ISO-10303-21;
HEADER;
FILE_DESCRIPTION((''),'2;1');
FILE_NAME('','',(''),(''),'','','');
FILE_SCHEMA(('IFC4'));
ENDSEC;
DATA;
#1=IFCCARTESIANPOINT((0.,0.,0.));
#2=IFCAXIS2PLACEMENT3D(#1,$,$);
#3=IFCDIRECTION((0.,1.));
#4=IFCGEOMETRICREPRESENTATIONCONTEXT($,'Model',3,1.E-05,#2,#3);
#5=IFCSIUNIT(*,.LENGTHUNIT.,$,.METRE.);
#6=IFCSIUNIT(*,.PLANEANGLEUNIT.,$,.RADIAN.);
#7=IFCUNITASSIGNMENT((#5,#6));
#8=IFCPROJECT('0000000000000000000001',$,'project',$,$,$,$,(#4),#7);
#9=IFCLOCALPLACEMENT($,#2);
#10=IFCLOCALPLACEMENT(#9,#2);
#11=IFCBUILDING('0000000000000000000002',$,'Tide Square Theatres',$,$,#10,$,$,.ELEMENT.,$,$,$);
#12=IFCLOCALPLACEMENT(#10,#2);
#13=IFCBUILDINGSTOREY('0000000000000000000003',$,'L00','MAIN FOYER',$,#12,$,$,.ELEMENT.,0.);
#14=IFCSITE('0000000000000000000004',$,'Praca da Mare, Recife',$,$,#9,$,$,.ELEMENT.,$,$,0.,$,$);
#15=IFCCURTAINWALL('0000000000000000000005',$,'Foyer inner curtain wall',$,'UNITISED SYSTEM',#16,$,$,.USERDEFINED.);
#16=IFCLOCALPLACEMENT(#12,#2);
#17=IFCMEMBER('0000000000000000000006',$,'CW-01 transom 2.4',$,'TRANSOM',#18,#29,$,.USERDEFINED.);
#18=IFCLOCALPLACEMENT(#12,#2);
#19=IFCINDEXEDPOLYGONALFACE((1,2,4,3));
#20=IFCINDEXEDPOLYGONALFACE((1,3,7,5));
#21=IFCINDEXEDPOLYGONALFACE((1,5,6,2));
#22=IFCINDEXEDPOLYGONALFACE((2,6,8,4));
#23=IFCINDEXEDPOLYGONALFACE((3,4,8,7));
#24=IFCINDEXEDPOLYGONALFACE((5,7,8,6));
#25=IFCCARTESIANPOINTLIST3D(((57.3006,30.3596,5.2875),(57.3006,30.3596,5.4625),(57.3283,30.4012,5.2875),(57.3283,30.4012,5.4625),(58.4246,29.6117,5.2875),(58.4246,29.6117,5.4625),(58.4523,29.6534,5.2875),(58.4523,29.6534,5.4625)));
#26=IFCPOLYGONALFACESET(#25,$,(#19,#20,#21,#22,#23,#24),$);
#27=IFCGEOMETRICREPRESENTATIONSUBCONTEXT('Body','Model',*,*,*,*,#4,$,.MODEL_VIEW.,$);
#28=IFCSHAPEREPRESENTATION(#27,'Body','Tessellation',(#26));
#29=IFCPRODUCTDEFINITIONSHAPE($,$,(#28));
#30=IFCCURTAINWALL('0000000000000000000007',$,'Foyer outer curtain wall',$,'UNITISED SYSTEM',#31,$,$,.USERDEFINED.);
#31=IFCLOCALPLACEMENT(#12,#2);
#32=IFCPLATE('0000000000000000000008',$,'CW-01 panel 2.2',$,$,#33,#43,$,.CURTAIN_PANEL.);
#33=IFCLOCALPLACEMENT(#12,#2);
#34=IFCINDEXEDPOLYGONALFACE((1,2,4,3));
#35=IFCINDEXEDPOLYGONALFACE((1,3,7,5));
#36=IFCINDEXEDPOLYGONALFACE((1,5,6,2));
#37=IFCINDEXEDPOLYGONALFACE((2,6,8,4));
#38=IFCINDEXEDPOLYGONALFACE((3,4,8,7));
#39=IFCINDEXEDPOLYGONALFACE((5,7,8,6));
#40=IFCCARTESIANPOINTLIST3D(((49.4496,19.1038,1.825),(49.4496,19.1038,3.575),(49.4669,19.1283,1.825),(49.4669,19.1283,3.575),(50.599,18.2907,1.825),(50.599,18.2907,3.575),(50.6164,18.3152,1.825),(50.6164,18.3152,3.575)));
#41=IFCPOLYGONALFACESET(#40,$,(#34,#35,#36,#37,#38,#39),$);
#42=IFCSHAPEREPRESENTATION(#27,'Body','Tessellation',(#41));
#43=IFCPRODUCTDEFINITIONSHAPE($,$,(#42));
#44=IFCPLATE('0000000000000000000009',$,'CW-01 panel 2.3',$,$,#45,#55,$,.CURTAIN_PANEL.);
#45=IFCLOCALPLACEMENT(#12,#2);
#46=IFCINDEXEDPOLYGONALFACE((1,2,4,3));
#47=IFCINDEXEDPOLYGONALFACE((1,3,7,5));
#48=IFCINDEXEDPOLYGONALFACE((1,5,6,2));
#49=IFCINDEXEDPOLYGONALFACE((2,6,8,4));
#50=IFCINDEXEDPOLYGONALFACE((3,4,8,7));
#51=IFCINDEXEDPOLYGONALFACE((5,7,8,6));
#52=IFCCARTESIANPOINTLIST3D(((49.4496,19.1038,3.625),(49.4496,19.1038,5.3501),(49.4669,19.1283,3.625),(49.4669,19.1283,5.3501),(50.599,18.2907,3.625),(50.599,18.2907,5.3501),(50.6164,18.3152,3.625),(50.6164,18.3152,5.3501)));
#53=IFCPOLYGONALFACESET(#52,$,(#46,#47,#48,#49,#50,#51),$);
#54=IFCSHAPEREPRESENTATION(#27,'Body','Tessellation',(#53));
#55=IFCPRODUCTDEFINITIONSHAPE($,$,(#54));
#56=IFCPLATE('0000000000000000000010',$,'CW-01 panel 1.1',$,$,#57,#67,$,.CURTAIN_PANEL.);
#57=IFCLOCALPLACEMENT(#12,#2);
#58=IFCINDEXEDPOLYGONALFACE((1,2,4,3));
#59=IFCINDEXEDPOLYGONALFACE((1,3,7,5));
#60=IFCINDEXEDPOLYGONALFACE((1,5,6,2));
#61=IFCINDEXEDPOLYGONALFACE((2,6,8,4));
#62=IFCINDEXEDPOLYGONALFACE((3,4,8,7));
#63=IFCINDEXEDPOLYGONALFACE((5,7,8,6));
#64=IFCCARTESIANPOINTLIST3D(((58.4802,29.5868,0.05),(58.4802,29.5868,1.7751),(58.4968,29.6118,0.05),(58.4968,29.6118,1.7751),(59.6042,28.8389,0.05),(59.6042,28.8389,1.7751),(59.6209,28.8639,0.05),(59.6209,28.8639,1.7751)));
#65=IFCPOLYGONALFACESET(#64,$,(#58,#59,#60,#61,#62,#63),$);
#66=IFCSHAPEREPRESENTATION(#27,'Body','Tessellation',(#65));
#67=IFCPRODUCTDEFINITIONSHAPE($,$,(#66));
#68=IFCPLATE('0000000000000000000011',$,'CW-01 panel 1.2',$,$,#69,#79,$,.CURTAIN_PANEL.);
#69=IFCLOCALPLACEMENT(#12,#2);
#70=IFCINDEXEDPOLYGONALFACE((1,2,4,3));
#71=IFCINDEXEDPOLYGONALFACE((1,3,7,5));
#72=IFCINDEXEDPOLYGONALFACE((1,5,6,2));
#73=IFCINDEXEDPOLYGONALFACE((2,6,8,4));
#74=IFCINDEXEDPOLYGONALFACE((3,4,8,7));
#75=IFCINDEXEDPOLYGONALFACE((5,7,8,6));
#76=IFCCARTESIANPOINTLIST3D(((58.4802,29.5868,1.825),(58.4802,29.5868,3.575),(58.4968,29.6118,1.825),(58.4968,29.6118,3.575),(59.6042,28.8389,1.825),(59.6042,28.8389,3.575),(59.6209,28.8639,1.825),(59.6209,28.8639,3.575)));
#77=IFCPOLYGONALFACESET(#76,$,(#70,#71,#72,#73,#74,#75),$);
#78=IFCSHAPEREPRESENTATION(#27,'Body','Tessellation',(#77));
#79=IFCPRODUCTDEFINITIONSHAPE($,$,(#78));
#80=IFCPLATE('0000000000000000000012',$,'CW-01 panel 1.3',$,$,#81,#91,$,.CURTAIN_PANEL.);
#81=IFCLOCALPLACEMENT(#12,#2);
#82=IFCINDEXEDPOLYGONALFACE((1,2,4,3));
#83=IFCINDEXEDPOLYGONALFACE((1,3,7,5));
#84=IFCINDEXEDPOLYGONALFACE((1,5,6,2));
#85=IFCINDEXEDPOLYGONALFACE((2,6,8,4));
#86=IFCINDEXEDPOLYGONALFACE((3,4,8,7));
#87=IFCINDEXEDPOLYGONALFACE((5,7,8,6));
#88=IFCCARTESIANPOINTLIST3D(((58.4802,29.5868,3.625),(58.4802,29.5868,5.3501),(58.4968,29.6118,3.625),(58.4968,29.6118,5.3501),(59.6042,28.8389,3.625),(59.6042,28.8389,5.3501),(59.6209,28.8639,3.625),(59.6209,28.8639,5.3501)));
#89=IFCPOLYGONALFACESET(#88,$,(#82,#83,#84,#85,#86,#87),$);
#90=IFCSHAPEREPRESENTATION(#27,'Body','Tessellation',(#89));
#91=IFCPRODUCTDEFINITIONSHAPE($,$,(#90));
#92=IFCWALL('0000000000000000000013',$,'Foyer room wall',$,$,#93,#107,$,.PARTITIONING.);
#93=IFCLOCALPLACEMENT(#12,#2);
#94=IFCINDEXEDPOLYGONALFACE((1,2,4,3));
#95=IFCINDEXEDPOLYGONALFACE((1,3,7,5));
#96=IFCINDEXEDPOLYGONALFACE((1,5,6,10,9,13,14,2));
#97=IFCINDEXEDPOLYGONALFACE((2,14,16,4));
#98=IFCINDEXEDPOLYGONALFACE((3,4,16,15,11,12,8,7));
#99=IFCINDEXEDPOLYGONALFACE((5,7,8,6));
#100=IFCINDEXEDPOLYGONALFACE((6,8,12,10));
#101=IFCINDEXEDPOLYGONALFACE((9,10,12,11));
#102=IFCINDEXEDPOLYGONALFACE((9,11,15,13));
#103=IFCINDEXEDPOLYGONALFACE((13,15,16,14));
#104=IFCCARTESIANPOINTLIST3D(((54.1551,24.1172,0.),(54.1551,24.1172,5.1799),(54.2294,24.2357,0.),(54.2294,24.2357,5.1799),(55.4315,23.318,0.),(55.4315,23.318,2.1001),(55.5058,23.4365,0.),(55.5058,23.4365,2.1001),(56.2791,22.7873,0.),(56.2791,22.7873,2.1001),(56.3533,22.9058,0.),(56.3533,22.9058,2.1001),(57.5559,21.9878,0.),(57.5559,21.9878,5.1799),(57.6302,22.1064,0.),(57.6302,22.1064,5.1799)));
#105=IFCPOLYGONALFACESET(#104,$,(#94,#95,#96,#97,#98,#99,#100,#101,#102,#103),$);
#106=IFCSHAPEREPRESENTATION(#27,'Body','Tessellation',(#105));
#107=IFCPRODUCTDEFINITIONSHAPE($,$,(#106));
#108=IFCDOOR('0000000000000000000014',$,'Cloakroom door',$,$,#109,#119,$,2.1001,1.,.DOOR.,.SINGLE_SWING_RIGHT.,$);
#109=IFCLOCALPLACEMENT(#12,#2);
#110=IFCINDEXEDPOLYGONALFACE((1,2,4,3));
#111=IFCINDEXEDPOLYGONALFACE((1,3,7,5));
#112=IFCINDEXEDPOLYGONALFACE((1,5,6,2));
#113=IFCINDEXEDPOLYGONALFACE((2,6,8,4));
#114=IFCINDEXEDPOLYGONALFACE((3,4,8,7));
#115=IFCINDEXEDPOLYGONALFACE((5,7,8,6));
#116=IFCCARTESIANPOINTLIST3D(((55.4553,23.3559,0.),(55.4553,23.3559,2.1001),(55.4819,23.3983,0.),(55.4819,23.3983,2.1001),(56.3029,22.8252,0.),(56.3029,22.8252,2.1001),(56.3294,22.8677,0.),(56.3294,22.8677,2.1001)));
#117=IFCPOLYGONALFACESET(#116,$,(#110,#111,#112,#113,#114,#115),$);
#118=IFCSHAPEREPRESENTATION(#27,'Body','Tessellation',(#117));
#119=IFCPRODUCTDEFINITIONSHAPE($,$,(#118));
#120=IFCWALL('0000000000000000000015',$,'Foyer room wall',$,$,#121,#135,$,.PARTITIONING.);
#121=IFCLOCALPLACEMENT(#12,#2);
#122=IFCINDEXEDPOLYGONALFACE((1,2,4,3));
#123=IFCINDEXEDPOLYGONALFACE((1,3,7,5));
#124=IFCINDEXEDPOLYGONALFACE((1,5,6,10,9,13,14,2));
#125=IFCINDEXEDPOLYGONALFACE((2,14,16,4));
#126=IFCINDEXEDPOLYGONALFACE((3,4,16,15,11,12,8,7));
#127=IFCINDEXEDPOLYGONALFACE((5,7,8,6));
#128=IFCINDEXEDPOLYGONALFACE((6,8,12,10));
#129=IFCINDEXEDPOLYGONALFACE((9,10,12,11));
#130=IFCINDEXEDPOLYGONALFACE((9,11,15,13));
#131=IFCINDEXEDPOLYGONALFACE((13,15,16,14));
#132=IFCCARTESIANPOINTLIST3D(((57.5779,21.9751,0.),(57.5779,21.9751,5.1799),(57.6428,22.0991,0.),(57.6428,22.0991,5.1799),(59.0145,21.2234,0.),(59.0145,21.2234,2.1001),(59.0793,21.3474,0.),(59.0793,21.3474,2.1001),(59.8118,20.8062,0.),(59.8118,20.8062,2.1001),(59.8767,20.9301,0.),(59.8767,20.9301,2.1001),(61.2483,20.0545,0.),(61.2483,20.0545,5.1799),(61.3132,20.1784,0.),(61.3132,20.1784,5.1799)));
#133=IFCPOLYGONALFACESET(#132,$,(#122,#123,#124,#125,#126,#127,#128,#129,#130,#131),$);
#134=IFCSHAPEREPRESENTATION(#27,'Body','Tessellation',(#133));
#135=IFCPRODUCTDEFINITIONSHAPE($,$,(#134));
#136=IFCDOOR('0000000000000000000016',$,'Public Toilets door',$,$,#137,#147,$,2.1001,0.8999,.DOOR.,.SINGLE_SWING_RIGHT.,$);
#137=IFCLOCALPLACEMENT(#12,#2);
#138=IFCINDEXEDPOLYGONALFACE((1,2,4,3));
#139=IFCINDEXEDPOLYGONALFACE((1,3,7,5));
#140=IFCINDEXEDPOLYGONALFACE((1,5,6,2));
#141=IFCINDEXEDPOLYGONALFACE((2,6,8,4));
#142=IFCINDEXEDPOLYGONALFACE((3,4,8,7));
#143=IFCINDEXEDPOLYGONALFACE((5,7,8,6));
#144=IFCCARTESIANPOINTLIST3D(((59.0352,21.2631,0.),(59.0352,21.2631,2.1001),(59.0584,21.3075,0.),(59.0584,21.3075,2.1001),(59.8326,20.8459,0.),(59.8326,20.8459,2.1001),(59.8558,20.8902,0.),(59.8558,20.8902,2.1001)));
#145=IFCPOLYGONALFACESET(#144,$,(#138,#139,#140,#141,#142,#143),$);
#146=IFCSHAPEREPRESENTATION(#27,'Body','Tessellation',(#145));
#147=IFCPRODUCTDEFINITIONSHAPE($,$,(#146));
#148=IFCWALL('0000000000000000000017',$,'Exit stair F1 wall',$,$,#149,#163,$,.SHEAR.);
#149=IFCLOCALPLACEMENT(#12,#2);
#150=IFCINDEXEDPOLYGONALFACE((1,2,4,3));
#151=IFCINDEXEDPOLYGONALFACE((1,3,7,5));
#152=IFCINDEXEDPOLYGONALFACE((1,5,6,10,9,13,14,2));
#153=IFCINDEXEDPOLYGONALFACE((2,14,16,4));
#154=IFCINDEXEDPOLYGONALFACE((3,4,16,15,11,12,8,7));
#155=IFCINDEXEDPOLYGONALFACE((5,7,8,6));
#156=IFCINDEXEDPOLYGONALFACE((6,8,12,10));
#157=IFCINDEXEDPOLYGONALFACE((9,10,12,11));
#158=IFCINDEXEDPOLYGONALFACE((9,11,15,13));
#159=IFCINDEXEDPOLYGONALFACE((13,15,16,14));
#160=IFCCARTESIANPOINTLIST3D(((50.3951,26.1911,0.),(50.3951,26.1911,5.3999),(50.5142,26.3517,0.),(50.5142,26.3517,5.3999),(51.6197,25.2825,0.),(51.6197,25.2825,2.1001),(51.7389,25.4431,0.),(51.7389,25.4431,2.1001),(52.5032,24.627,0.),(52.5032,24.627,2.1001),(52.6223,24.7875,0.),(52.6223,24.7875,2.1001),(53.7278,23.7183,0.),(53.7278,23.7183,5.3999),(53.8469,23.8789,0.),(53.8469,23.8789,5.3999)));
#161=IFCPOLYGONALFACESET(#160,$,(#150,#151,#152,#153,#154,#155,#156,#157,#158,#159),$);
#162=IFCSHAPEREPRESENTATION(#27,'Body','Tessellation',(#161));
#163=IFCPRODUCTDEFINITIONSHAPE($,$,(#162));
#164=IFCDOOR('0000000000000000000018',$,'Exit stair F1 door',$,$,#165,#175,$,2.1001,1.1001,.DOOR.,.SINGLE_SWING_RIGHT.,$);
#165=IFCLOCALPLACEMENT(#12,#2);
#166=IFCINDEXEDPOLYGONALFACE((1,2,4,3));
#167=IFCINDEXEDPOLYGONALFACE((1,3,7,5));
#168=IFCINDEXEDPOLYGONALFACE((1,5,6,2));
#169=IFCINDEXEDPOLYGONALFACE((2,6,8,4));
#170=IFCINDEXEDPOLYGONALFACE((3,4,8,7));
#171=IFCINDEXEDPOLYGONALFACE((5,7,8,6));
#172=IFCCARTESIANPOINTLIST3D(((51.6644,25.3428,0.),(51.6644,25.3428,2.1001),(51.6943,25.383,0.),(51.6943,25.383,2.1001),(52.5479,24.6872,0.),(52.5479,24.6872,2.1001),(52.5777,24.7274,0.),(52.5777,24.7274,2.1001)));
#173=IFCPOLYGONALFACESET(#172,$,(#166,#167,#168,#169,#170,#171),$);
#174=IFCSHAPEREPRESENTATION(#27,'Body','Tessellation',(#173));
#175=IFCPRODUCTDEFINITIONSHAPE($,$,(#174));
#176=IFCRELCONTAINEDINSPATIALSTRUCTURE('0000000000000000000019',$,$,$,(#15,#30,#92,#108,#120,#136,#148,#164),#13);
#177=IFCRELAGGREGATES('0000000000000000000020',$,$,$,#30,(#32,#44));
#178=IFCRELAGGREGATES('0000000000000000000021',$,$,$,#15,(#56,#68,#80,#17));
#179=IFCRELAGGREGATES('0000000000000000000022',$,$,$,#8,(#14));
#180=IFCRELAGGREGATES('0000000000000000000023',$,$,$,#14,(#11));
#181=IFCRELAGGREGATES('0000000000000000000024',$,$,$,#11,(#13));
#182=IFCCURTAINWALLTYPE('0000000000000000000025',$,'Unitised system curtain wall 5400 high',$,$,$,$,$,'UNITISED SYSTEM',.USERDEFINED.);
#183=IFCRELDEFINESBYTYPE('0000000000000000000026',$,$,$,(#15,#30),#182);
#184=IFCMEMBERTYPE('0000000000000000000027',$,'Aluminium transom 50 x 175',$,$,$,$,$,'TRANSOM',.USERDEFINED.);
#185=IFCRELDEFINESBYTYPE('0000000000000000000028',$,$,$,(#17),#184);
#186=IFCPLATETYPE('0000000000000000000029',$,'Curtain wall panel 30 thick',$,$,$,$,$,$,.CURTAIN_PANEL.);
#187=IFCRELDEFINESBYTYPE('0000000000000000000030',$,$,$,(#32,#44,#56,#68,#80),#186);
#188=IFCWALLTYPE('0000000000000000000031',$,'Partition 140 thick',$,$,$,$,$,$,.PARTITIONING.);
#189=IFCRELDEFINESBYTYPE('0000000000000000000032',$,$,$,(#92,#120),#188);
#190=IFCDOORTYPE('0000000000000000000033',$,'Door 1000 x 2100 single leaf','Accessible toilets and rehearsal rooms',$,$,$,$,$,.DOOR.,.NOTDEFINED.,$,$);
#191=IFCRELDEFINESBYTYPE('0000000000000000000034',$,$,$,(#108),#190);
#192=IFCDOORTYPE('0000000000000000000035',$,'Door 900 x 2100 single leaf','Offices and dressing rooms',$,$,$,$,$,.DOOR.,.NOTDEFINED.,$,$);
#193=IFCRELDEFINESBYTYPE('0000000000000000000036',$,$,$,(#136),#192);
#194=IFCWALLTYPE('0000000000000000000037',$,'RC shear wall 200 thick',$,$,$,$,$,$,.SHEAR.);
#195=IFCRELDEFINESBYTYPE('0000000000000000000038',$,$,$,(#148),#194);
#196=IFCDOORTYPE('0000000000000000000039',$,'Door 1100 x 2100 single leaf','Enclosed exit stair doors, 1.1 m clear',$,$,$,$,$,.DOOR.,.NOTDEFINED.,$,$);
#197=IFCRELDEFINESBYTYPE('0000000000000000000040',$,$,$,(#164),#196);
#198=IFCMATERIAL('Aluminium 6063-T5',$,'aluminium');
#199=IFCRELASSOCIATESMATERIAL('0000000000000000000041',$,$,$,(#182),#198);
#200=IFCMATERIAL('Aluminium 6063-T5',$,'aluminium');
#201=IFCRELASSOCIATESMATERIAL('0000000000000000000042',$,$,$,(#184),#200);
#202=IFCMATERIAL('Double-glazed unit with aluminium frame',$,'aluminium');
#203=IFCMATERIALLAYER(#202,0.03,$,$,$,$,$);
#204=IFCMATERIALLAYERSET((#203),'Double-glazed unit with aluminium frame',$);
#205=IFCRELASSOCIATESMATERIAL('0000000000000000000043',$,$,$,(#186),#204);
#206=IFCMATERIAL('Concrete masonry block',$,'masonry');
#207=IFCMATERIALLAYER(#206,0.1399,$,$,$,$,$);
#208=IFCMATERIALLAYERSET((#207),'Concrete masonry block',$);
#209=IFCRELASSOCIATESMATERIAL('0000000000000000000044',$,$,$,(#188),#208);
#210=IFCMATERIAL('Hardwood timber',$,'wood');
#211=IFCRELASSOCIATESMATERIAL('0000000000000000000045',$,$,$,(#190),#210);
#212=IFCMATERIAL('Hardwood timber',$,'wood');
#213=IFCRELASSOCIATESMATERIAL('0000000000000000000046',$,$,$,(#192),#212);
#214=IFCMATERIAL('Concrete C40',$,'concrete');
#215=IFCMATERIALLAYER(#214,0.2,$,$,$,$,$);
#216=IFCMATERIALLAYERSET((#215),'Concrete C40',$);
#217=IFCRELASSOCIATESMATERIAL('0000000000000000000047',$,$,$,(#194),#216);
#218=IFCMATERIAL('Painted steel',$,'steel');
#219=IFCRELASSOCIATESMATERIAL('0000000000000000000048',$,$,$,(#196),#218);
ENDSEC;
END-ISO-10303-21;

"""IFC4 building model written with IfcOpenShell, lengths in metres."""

from ifc_helpers import new_model, si_unit, direction, frame, frame_2d, origin, origin_2d, place, context, subcontext, project, spatial, rectangle, extrude, material, layer, layer_set, material_profile, profile_set, type_object, element, fill, aggregate, save


model = new_model("IFC4")

# Units and contexts
model_context = context("Model", 3, precision=1e-05, world=origin(), true_north=direction((0.0, 1.0)))
body_context = subcontext(model_context, "Body", "Model", "MODEL_VIEW")
ifc_project = project(units=[si_unit("LENGTHUNIT", "METRE"), si_unit("PLANEANGLEUNIT", "RADIAN")], contexts=[model_context])

# Site, building, storey
site_placement = place(None, origin())
site = spatial("IfcSite", under=ifc_project, at=site_placement, Name="Praca da Mare, Recife", CompositionType="ELEMENT", RefElevation=0.0)
building_placement = place(site_placement, origin())
building = spatial("IfcBuilding", under=site, at=building_placement, Name="Tide Square Theatres", CompositionType="ELEMENT")
storey_placement = place(building_placement, origin())
storey = spatial("IfcBuildingStorey", under=building, at=storey_placement, Name="L00", Description="MAIN FOYER", CompositionType="ELEMENT", Elevation=0.0)

# Curtain wall, member
ifc_material_1 = material(Name="Aluminium 6063-T5", Category="aluminium")
curtain_wall_type = type_object("IfcCurtainWallType", Name="Unitised system curtain wall 5400 high", ElementType="UNITISED SYSTEM", PredefinedType="USERDEFINED", material=ifc_material_1)
curtain_wall_1_placement = place(storey_placement, origin())
curtain_wall_1 = element("IfcCurtainWall", 1, at=curtain_wall_1_placement, inside=storey, type_object=curtain_wall_type, Name="Foyer inner curtain wall", ObjectType="UNITISED SYSTEM", PredefinedType="USERDEFINED")
ifc_material_2 = material(Name="Aluminium 6063-T5", Category="aluminium")
ifc_material_profile_1 = material_profile(ifc_material_2, rectangle(XDim=0.05, YDim=0.175, at=origin_2d()))
ifc_profile_set_1 = profile_set([ifc_material_profile_1], Name="Aluminium 6063-T5")
member_type_1 = type_object("IfcMemberType", Name="Aluminium transom 50 x 175", ElementType="TRANSOM", PredefinedType="USERDEFINED", material=ifc_profile_set_1)
member_1_placement = place(storey_placement, frame((58.4385, 29.6326, 5.375), z_axis=(-0.832579, 0.553907, 0.0), x_axis=(-0.553907, -0.832579, 0.0)))
member_1 = element("IfcMember", 2, at=member_1_placement, type_object=member_type_1, Name="CW-01 transom 2.4", ObjectType="TRANSOM", PredefinedType="USERDEFINED", context=body_context, shape_type="SweptSolid", body=[
    extrude(rectangle(XDim=0.05, YDim=0.175, at=origin_2d()), origin(), (0.0, 0.0, 1.0), 1.3501),
])

# Curtain wall, plates
curtain_wall_2_placement = place(storey_placement, origin())
curtain_wall_2 = element("IfcCurtainWall", 3, at=curtain_wall_2_placement, inside=storey, type_object=curtain_wall_type, Name="Foyer outer curtain wall", ObjectType="UNITISED SYSTEM", PredefinedType="USERDEFINED")
ifc_material_3 = material(Name="Double-glazed unit with aluminium frame", Category="aluminium")
ifc_layer_1 = layer(ifc_material_3, 0.03)
ifc_layer_set_1 = layer_set([ifc_layer_1], Name="Double-glazed unit with aluminium frame")
plate_type = type_object("IfcPlateType", Name="Curtain wall panel 30 thick", PredefinedType="CURTAIN_PANEL", material=ifc_layer_set_1)
plate_1_placement = place(storey_placement, frame((50.033, 18.7095, 1.825), z_axis=(0.0, 0.0, 1.0), x_axis=(0.816388, -0.577503, 0.0)))
plate_1 = element("IfcPlate", 4, at=plate_1_placement, type_object=plate_type, Name="CW-01 panel 2.2", PredefinedType="CURTAIN_PANEL", context=body_context, shape_type="SweptSolid", body=[
    extrude(rectangle(XDim=1.408, YDim=0.03, at=origin_2d()), origin(), (0.0, 0.0, 1.0), 1.75),
])
plate_2_placement = place(storey_placement, frame((50.033, 18.7095, 3.625), z_axis=(0.0, 0.0, 1.0), x_axis=(0.816388, -0.577503, 0.0)))
plate_2 = element("IfcPlate", 5, at=plate_2_placement, type_object=plate_type, Name="CW-01 panel 2.3", PredefinedType="CURTAIN_PANEL", context=body_context, shape_type="SweptSolid", body=[
    extrude(rectangle(XDim=1.408, YDim=0.03, at=origin_2d()), origin(), (0.0, 0.0, 1.0), 1.7251),
])
aggregate(curtain_wall_2, [plate_1, plate_2])

# Plates
plate_3_placement = place(storey_placement, frame((59.0505, 29.2253, 0.05), z_axis=(0.0, 0.0, 1.0), x_axis=(-0.832573, 0.553915, 0.0)))
plate_3 = element("IfcPlate", 6, at=plate_3_placement, type_object=plate_type, Name="CW-01 panel 1.1", PredefinedType="CURTAIN_PANEL", context=body_context, shape_type="SweptSolid", body=[
    extrude(rectangle(XDim=1.3501, YDim=0.03, at=origin_2d()), origin(), (0.0, 0.0, 1.0), 1.7251),
])
plate_4_placement = place(storey_placement, frame((59.0505, 29.2253, 1.825), z_axis=(0.0, 0.0, 1.0), x_axis=(-0.832573, 0.553915, 0.0)))
plate_4 = element("IfcPlate", 7, at=plate_4_placement, type_object=plate_type, Name="CW-01 panel 1.2", PredefinedType="CURTAIN_PANEL", context=body_context, shape_type="SweptSolid", body=[
    extrude(rectangle(XDim=1.3501, YDim=0.03, at=origin_2d()), origin(), (0.0, 0.0, 1.0), 1.75),
])
plate_5_placement = place(storey_placement, frame((59.0505, 29.2253, 3.625), z_axis=(0.0, 0.0, 1.0), x_axis=(-0.832573, 0.553915, 0.0)))
plate_5 = element("IfcPlate", 8, at=plate_5_placement, type_object=plate_type, Name="CW-01 panel 1.3", PredefinedType="CURTAIN_PANEL", context=body_context, shape_type="SweptSolid", body=[
    extrude(rectangle(XDim=1.3501, YDim=0.03, at=origin_2d()), origin(), (0.0, 0.0, 1.0), 1.7251),
])
aggregate(curtain_wall_1, [plate_3, plate_4, plate_5, member_1])

# Walls, openings, doors
ifc_material_4 = material(Name="Concrete masonry block", Category="masonry")
ifc_layer_2 = layer(ifc_material_4, 0.1399)
ifc_layer_set_2 = layer_set([ifc_layer_2], Name="Concrete masonry block")
wall_type_1 = type_object("IfcWallType", Name="Partition 140 thick", PredefinedType="PARTITIONING", material=ifc_layer_set_2)
wall_1_placement = place(storey_placement, frame((54.1921, 24.1765, 0.0), z_axis=(0.0, 0.0, 1.0), x_axis=(0.847567, -0.530688, 0.0)))
wall_1 = element("IfcWall", 9, at=wall_1_placement, inside=storey, type_object=wall_type_1, Name="Foyer room wall", PredefinedType="PARTITIONING", context=body_context, shape_type="SweptSolid", body=[
    extrude(rectangle(XDim=4.0125, YDim=0.1399, at=frame_2d((2.0063, 0.0))), origin(), (0.0, 0.0, 1.0), 5.1799),
])
opening_1_placement = place(wall_1_placement, frame((1.5061, 0.0, 0.0)))
opening_1 = element("IfcOpeningElement", 10, at=opening_1_placement, cuts=wall_1, PredefinedType="OPENING", context=body_context, shape_type="SweptSolid", body=[
    extrude(rectangle(XDim=1.0, YDim=2.1001, at=frame_2d((0.5, 1.05))), frame((0.0, 0.0798, 0.0), z_axis=(0.0, -1.0, 0.0), x_axis=(1.0, 0.0, 0.0)), (0.0, 0.0, 1.0), 0.1599),
])
ifc_material_5 = material(Name="Hardwood timber", Category="wood")
door_type_1 = type_object("IfcDoorType", Name="Door 1000 x 2100 single leaf", Description="Accessible toilets and rehearsal rooms", OperationType="NOTDEFINED", PredefinedType="DOOR", material=ifc_material_5)
door_1_placement = place(opening_1_placement, origin())
door_1 = element("IfcDoor", 11, at=door_1_placement, inside=storey, type_object=door_type_1, Name="Cloakroom door", OperationType="SINGLE_SWING_RIGHT", OverallHeight=2.1001, OverallWidth=1.0, PredefinedType="DOOR", context=body_context, shape_type="SweptSolid", body=[
    extrude(rectangle(XDim=1.0, YDim=2.1001, at=frame_2d((0.5, 1.05))), frame((0.0, 0.0249, 0.0), z_axis=(0.0, -1.0, 0.0), x_axis=(1.0, 0.0, 0.0)), (0.0, 0.0, 1.0), 0.05),
])
fill(opening_1, door_1)
wall_2_placement = place(storey_placement, frame((57.6104, 22.0371, 0.0), z_axis=(0.0, 0.0, 1.0), x_axis=(0.886024, -0.463639, 0.0)))
wall_2 = element("IfcWall", 12, at=wall_2_placement, inside=storey, type_object=wall_type_1, Name="Foyer room wall", PredefinedType="PARTITIONING", context=body_context, shape_type="SweptSolid", body=[
    extrude(rectangle(XDim=4.1426, YDim=0.1399, at=frame_2d((2.0713, 0.0))), origin(), (0.0, 0.0, 1.0), 5.1799),
])
opening_2_placement = place(wall_2_placement, frame((1.6213, 0.0, 0.0)))
opening_2 = element("IfcOpeningElement", 13, at=opening_2_placement, cuts=wall_2, PredefinedType="OPENING", context=body_context, shape_type="SweptSolid", body=[
    extrude(rectangle(XDim=0.8999, YDim=2.1001, at=frame_2d((0.45, 1.05))), frame((0.0, 0.0798, 0.0), z_axis=(0.0, -1.0, 0.0), x_axis=(1.0, 0.0, 0.0)), (0.0, 0.0, 1.0), 0.1599),
])
ifc_material_6 = material(Name="Hardwood timber", Category="wood")
door_type_2 = type_object("IfcDoorType", Name="Door 900 x 2100 single leaf", Description="Offices and dressing rooms", OperationType="NOTDEFINED", PredefinedType="DOOR", material=ifc_material_6)
door_2_placement = place(opening_2_placement, origin())
door_2 = element("IfcDoor", 14, at=door_2_placement, inside=storey, type_object=door_type_2, Name="Public Toilets door", OperationType="SINGLE_SWING_RIGHT", OverallHeight=2.1001, OverallWidth=0.8999, PredefinedType="DOOR", context=body_context, shape_type="SweptSolid", body=[
    extrude(rectangle(XDim=0.8999, YDim=2.1001, at=frame_2d((0.45, 1.05))), frame((0.0, 0.0249, 0.0), z_axis=(0.0, -1.0, 0.0), x_axis=(1.0, 0.0, 0.0)), (0.0, 0.0, 1.0), 0.05),
])
fill(opening_2, door_2)
ifc_material_7 = material(Name="Concrete C40", Category="concrete")
ifc_layer_3 = layer(ifc_material_7, 0.2)
ifc_layer_set_3 = layer_set([ifc_layer_3], Name="Concrete C40")
wall_type_2 = type_object("IfcWallType", Name="RC shear wall 200 thick", PredefinedType="SHEAR", material=ifc_layer_set_3)
wall_3_placement = place(storey_placement, frame((53.7874, 23.7986, 0.0), z_axis=(0.0, 0.0, 1.0), x_axis=(-0.803074, 0.595879, 0.0)))
wall_3 = element("IfcWall", 15, at=wall_3_placement, inside=storey, type_object=wall_type_2, Name="Exit stair F1 wall", PredefinedType="SHEAR", context=body_context, shape_type="SweptSolid", body=[
    extrude(rectangle(XDim=4.1499, YDim=0.2, at=frame_2d((2.075, 0.0))), origin(), (0.0, 0.0, 1.0), 5.3999),
])
opening_3_placement = place(wall_3_placement, frame((1.5249, 0.0, 0.0)))
opening_3 = element("IfcOpeningElement", 16, at=opening_3_placement, cuts=wall_3, PredefinedType="OPENING", context=body_context, shape_type="SweptSolid", body=[
    extrude(rectangle(XDim=1.1001, YDim=2.1001, at=frame_2d((0.55, 1.05))), frame((0.0, 0.1099, 0.0), z_axis=(0.0, -1.0, 0.0), x_axis=(1.0, 0.0, 0.0)), (0.0, 0.0, 1.0), 0.22),
])
ifc_material_8 = material(Name="Painted steel", Category="steel")
door_type_3 = type_object("IfcDoorType", Name="Door 1100 x 2100 single leaf", Description="Enclosed exit stair doors, 1.1 m clear", OperationType="NOTDEFINED", PredefinedType="DOOR", material=ifc_material_8)
door_3_placement = place(opening_3_placement, origin())
door_3 = element("IfcDoor", 17, at=door_3_placement, inside=storey, type_object=door_type_3, Name="Exit stair F1 door", OperationType="SINGLE_SWING_RIGHT", OverallHeight=2.1001, OverallWidth=1.1001, PredefinedType="DOOR", context=body_context, shape_type="SweptSolid", body=[
    extrude(rectangle(XDim=1.1001, YDim=2.1001, at=frame_2d((0.55, 1.05))), frame((0.0, 0.0249, 0.0), z_axis=(0.0, -1.0, 0.0), x_axis=(1.0, 0.0, 0.0)), (0.0, 0.0, 1.0), 0.05),
])
fill(opening_3, door_3)

save(model, "model.ifc")
